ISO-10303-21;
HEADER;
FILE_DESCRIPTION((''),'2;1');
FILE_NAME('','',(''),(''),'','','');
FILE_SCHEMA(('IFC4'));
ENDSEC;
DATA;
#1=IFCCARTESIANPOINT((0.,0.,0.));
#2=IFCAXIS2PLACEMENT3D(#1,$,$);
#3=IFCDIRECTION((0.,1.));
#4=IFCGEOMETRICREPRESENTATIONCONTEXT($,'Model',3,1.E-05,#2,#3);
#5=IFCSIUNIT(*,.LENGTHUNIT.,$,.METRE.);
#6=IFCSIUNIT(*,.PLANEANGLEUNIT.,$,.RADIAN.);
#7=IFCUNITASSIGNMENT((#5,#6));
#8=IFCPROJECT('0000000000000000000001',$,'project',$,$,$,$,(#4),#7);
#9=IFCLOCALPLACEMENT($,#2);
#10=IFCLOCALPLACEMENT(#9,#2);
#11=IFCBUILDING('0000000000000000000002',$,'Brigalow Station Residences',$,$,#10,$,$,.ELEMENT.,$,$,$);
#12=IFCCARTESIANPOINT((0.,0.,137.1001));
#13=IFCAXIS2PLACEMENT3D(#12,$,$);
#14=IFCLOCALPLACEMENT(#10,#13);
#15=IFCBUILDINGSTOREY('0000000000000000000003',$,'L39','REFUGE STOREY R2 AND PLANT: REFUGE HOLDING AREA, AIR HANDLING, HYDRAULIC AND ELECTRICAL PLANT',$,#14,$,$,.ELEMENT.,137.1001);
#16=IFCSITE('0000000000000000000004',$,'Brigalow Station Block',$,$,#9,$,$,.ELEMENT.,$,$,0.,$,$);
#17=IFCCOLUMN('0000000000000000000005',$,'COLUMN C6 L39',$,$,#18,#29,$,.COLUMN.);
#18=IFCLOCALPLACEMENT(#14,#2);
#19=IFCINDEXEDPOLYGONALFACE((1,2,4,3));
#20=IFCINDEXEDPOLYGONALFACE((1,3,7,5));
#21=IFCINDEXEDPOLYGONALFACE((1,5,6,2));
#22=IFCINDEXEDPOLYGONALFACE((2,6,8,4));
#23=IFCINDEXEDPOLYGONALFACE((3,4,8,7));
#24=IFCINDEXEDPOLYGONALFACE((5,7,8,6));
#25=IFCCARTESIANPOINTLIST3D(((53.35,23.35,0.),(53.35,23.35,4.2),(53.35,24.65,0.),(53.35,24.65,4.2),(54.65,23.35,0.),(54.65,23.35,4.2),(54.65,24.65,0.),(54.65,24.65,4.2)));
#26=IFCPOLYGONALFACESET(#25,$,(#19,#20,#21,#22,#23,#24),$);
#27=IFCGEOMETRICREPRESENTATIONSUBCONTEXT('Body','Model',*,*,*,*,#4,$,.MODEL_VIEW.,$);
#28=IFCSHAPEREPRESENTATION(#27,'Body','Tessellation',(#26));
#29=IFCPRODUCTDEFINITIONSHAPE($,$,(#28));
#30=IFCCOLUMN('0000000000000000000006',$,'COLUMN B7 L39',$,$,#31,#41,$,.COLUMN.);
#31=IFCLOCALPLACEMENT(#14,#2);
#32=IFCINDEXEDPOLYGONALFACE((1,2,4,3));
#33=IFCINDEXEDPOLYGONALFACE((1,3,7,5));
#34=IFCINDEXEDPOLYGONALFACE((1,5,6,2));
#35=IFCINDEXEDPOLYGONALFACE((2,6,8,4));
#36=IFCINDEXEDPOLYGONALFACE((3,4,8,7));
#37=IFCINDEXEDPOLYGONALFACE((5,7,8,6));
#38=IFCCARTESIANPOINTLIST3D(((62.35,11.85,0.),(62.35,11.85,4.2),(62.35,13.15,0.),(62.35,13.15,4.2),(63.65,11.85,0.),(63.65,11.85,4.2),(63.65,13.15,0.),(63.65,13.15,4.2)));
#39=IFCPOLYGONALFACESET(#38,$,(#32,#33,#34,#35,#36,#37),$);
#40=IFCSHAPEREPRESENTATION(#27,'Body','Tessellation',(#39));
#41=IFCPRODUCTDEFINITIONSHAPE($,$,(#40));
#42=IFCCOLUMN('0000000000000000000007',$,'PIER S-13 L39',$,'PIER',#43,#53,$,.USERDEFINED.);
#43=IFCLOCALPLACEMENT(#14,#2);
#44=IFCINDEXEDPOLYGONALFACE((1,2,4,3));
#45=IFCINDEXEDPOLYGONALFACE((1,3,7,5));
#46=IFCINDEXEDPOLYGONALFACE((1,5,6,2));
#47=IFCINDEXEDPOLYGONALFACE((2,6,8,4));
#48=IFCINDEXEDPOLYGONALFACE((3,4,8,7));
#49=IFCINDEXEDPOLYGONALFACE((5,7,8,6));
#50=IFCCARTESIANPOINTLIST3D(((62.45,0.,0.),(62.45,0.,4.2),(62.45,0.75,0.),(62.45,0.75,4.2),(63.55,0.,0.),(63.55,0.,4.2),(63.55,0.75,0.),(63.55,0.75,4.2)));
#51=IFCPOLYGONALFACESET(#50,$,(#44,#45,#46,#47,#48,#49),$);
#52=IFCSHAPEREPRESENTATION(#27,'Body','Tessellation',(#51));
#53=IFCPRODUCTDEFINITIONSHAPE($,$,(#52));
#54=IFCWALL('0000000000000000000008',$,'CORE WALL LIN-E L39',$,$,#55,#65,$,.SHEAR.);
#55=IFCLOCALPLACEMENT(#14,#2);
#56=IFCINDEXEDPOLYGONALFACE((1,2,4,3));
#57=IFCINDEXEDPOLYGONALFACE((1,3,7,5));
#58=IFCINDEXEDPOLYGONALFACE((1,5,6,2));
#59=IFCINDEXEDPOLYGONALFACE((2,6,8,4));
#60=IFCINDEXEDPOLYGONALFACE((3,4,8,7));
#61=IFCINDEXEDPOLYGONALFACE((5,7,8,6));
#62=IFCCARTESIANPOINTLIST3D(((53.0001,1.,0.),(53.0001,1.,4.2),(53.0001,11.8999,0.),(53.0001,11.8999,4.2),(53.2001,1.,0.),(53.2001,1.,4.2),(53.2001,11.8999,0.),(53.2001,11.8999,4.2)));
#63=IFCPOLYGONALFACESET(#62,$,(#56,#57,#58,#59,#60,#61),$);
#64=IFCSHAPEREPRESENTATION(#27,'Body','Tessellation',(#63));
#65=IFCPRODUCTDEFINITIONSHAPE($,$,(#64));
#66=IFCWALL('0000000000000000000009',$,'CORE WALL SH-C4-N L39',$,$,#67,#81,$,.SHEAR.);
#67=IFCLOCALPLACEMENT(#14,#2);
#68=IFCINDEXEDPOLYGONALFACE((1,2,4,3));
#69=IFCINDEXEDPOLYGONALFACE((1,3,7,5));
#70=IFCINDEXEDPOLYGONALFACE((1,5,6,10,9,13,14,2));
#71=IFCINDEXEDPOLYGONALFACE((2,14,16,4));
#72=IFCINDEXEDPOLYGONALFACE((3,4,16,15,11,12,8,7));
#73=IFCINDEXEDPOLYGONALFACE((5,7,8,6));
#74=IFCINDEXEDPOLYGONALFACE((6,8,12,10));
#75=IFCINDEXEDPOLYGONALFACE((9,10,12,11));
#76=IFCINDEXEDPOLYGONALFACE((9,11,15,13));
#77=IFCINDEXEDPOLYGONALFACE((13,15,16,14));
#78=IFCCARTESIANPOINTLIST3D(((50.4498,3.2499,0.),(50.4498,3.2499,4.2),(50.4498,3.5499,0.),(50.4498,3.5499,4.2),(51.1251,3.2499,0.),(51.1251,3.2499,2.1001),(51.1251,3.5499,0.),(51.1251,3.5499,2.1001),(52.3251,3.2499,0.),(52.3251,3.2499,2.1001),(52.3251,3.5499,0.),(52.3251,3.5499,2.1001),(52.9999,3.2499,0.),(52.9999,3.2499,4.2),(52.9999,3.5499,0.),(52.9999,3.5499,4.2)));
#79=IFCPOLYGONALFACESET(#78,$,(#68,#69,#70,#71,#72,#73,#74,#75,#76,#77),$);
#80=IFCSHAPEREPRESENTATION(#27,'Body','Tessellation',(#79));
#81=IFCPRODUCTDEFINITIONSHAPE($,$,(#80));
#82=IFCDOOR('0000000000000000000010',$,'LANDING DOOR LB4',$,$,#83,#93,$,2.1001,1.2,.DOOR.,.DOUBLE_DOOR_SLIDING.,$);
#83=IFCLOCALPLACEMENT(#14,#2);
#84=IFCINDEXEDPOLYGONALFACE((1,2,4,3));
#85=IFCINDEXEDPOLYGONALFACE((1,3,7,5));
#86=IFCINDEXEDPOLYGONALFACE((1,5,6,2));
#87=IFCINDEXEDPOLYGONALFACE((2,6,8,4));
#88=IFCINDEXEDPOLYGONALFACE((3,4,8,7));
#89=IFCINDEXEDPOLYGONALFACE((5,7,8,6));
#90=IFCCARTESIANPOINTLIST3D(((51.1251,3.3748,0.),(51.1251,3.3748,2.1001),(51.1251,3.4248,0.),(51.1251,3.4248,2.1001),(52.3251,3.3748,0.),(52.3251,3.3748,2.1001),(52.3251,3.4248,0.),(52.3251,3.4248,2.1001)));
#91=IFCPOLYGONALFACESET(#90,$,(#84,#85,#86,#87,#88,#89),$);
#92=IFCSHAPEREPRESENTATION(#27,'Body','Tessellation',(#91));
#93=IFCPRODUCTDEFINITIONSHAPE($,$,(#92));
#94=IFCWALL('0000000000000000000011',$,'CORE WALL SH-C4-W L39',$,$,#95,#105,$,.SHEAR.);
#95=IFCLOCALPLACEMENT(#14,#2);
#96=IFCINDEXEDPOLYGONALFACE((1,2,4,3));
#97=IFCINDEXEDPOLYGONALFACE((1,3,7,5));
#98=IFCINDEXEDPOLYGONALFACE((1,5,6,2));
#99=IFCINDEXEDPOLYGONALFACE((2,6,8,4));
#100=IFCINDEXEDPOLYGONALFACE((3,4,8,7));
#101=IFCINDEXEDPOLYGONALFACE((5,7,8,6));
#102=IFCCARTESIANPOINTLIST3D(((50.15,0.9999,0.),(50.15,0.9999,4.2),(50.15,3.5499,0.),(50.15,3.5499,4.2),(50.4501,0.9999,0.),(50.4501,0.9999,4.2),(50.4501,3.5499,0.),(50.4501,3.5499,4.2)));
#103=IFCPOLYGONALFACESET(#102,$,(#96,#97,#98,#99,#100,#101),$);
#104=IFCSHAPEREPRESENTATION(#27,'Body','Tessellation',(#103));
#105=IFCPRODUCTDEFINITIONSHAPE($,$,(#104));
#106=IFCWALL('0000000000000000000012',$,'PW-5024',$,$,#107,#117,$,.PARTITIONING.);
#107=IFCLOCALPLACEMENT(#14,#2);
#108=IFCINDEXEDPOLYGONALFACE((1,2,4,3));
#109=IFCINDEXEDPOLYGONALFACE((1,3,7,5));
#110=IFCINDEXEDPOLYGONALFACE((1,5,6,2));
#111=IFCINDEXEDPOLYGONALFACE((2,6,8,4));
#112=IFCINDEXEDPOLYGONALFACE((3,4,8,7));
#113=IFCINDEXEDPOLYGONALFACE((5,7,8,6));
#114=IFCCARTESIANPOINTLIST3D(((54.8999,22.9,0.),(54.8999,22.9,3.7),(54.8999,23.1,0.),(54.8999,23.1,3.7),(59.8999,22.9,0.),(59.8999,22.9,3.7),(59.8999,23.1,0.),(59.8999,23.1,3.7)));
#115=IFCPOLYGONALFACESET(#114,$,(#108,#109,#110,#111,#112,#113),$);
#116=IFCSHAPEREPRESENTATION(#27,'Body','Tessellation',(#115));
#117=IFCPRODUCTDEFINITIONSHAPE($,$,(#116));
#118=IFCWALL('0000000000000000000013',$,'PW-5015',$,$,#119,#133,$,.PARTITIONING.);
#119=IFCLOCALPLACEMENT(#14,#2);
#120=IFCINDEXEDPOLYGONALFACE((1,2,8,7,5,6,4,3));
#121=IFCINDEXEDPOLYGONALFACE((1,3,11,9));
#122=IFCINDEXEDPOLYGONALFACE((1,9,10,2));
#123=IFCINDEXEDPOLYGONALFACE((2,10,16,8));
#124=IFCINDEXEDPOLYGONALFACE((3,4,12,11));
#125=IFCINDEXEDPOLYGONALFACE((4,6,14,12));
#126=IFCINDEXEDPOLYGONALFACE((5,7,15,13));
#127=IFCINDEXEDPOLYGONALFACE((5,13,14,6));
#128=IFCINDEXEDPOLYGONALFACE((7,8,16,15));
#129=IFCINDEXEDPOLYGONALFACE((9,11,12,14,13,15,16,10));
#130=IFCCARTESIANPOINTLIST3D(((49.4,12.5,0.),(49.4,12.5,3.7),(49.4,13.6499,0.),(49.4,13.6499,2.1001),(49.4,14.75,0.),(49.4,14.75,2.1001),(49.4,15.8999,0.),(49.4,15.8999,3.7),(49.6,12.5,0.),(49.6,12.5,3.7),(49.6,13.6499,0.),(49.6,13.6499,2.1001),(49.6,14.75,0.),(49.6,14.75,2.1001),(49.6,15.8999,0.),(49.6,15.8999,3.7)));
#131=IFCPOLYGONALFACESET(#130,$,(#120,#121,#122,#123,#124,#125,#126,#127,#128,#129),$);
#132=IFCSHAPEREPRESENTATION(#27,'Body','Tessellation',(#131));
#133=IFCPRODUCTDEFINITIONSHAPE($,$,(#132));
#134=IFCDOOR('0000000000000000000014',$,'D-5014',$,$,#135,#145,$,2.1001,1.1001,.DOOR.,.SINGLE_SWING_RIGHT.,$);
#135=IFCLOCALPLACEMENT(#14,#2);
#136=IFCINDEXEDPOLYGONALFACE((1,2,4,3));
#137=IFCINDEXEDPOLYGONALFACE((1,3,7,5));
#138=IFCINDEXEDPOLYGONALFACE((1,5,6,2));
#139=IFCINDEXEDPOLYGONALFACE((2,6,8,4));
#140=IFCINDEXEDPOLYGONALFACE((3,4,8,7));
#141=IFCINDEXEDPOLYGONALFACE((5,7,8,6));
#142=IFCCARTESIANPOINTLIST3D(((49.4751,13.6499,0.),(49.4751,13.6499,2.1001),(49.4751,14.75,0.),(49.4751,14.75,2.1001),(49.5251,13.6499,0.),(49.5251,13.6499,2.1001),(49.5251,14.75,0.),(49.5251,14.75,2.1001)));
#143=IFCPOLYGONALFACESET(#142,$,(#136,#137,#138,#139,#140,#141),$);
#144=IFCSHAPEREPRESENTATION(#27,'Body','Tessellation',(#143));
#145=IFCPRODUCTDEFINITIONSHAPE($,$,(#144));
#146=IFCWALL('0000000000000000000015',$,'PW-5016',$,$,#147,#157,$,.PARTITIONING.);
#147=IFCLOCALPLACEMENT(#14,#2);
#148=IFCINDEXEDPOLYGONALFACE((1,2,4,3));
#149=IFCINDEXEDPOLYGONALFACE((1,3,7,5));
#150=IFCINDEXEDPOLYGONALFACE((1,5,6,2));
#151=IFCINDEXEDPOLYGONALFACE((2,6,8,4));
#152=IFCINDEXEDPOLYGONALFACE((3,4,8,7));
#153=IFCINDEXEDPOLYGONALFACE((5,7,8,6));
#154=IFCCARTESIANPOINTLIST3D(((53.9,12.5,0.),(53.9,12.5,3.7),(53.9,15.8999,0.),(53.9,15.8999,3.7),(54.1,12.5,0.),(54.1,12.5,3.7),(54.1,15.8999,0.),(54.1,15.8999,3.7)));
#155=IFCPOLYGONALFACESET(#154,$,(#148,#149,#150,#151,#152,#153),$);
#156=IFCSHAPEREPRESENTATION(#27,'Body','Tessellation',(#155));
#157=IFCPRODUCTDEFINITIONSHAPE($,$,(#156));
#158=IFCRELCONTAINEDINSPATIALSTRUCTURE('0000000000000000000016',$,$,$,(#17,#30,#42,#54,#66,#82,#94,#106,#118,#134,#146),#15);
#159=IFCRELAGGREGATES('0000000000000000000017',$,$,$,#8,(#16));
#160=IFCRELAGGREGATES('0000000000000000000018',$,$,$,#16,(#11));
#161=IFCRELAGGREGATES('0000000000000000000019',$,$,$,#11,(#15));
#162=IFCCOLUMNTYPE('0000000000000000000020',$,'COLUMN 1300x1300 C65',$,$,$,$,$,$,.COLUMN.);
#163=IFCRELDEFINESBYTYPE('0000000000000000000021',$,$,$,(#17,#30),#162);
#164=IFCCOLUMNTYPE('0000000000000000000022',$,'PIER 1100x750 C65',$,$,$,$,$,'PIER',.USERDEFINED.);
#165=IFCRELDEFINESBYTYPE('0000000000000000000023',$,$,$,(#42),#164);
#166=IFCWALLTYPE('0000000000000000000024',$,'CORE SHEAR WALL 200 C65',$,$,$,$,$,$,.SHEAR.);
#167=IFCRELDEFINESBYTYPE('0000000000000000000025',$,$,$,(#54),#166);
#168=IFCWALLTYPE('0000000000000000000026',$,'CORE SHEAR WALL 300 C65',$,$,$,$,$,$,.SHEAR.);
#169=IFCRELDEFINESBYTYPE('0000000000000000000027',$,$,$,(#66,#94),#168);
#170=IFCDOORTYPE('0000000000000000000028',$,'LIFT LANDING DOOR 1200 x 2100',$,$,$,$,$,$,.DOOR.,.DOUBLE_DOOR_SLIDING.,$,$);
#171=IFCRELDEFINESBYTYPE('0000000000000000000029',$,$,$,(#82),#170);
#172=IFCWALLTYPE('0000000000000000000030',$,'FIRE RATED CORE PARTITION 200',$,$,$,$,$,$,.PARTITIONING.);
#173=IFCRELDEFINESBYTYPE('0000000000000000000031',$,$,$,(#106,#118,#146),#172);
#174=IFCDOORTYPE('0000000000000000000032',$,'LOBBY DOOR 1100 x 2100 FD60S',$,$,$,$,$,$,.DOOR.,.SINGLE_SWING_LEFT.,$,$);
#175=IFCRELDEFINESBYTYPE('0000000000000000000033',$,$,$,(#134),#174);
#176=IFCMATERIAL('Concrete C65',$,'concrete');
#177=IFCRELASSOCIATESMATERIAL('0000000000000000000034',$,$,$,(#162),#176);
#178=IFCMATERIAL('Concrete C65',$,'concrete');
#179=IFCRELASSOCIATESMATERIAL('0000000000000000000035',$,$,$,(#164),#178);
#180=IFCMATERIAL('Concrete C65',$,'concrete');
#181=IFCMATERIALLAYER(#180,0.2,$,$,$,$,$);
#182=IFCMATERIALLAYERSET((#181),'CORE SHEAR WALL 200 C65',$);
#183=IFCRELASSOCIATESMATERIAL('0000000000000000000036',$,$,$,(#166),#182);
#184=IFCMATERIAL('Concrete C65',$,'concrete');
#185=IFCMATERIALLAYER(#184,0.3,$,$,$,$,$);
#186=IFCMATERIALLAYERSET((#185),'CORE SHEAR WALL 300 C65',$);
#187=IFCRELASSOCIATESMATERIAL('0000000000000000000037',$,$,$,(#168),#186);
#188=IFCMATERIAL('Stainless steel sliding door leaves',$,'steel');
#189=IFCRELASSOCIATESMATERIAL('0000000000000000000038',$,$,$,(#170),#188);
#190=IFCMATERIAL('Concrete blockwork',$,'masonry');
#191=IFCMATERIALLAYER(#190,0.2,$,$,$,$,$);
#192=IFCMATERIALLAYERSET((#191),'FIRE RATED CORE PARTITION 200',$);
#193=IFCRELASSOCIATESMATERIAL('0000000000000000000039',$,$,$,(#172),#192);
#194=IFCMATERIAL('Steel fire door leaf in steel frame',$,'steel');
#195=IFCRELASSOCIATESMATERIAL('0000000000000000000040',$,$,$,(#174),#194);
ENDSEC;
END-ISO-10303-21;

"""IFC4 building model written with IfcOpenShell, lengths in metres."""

from ifc_helpers import new_model, si_unit, direction, frame, frame_2d, origin, origin_2d, place, context, subcontext, project, spatial, rectangle, extrude, material, layer, layer_set, material_profile, profile_set, type_object, element, fill, save


model = new_model("IFC4")

# Units and contexts
model_context = context("Model", 3, precision=1e-05, world=origin(), true_north=direction((0.0, 1.0)))
body_context = subcontext(model_context, "Body", "Model", "MODEL_VIEW")
ifc_project = project(units=[si_unit("LENGTHUNIT", "METRE"), si_unit("PLANEANGLEUNIT", "RADIAN")], contexts=[model_context])

# Site, building, storey
site_placement = place(None, origin())
site = spatial("IfcSite", under=ifc_project, at=site_placement, Name="Brigalow Station Block", CompositionType="ELEMENT", RefElevation=0.0)
building_placement = place(site_placement, origin())
building = spatial("IfcBuilding", under=site, at=building_placement, Name="Brigalow Station Residences", CompositionType="ELEMENT")
storey_placement = place(building_placement, frame((0.0, 0.0, 137.1001)))
storey = spatial("IfcBuildingStorey", under=building, at=storey_placement, Name="L39", Description="REFUGE STOREY R2 AND PLANT: REFUGE HOLDING AREA, AIR HANDLING, HYDRAULIC AND ELECTRICAL PLANT", CompositionType="ELEMENT", Elevation=137.1001)

# Columns
ifc_material_1 = material(Name="Concrete C65", Category="concrete")
ifc_material_profile_1 = material_profile(ifc_material_1, rectangle(XDim=1.3, YDim=1.3, at=origin_2d()), Name="RC1300x1300")
ifc_profile_set_1 = profile_set([ifc_material_profile_1], Name="Concrete C65")
column_type_1 = type_object("IfcColumnType", Name="COLUMN 1300x1300 C65", PredefinedType="COLUMN", material=ifc_profile_set_1)
for number, where, z_axis, x_axis, name in (
    (1, (54.0, 24.0, 0.0), (0.0, 0.0, 1.0), (1.0, 0.0, 0.0), "COLUMN C6 L39"),
    (2, (63.0, 12.5, 0.0), (0.0, 0.0, 1.0), (1.0, 0.0, 0.0), "COLUMN B7 L39"),
):
    element("IfcColumn", number, at=place(storey_placement, frame(where, z_axis=z_axis, x_axis=x_axis)), inside=storey, type_object=column_type_1, Name=name, PredefinedType="COLUMN", context=body_context, shape_type="SweptSolid", body=[
        extrude(rectangle(XDim=1.3, YDim=1.3, at=origin_2d()), origin(), (0.0, 0.0, 1.0), 4.2),
    ])
ifc_material_2 = material(Name="Concrete C65", Category="concrete")
ifc_material_profile_2 = material_profile(ifc_material_2, rectangle(XDim=1.1001, YDim=0.75, at=origin_2d()), Name="RC1100x750")
ifc_profile_set_2 = profile_set([ifc_material_profile_2], Name="Concrete C65")
column_type_2 = type_object("IfcColumnType", Name="PIER 1100x750 C65", ElementType="PIER", PredefinedType="USERDEFINED", material=ifc_profile_set_2)
column_placement = place(storey_placement, frame((63.0, 0.375, 0.0), z_axis=(0.0, 0.0, 1.0), x_axis=(1.0, 0.0, 0.0)))
element("IfcColumn", 3, at=column_placement, inside=storey, type_object=column_type_2, Name="PIER S-13 L39", ObjectType="PIER", PredefinedType="USERDEFINED", context=body_context, shape_type="SweptSolid", body=[
    extrude(rectangle(XDim=1.1001, YDim=0.75, at=origin_2d()), origin(), (0.0, 0.0, 1.0), 4.2),
])

# Wall
ifc_material_3 = material(Name="Concrete C65", Category="concrete")
ifc_layer_1 = layer(ifc_material_3, 0.2)
ifc_layer_set_1 = layer_set([ifc_layer_1], Name="CORE SHEAR WALL 200 C65")
wall_type_1 = type_object("IfcWallType", Name="CORE SHEAR WALL 200 C65", PredefinedType="SHEAR", material=ifc_layer_set_1)
wall_1_placement = place(storey_placement, frame((53.1001, 1.0, 0.0), z_axis=(0.0, 0.0, 1.0), x_axis=(0.0, 1.0, 0.0)))
element("IfcWall", 4, at=wall_1_placement, inside=storey, type_object=wall_type_1, Name="CORE WALL LIN-E L39", PredefinedType="SHEAR", context=body_context, shape_type="SweptSolid", body=[
    extrude(rectangle(XDim=10.8999, YDim=0.2, at=frame_2d((5.45, 0.0))), origin(), (0.0, 0.0, 1.0), 4.2),
])

# Wall, opening, door
ifc_material_4 = material(Name="Concrete C65", Category="concrete")
ifc_layer_2 = layer(ifc_material_4, 0.3)
ifc_layer_set_2 = layer_set([ifc_layer_2], Name="CORE SHEAR WALL 300 C65")
wall_type_2 = type_object("IfcWallType", Name="CORE SHEAR WALL 300 C65", PredefinedType="SHEAR", material=ifc_layer_set_2)
wall_2_placement = place(storey_placement, frame((50.45, 3.3999, 0.0), z_axis=(0.0, 0.0, 1.0), x_axis=(1.0, 0.0, 0.0)))
wall_2 = element("IfcWall", 5, at=wall_2_placement, inside=storey, type_object=wall_type_2, Name="CORE WALL SH-C4-N L39", PredefinedType="SHEAR", context=body_context, shape_type="SweptSolid", body=[
    extrude(rectangle(XDim=2.55, YDim=0.3, at=frame_2d((1.2749, 0.0))), origin(), (0.0, 0.0, 1.0), 4.2),
])
opening_1_placement = place(wall_2_placement, frame((0.675, 0.0, 0.0)))
opening_1 = element("IfcOpeningElement", 6, at=opening_1_placement, cuts=wall_2, PredefinedType="OPENING", context=body_context, shape_type="SweptSolid", body=[
    extrude(rectangle(XDim=1.2, YDim=2.1001, at=frame_2d((0.6001, 1.05))), frame((0.0, 0.1602, 0.0), z_axis=(0.0, -1.0, 0.0), x_axis=(1.0, 0.0, 0.0)), (0.0, 0.0, 1.0), 0.3201),
])
ifc_material_5 = material(Name="Stainless steel sliding door leaves", Category="steel")
door_type_1 = type_object("IfcDoorType", Name="LIFT LANDING DOOR 1200 x 2100", OperationType="DOUBLE_DOOR_SLIDING", PredefinedType="DOOR", material=ifc_material_5)
door_1_placement = place(opening_1_placement, origin())
door_1 = element("IfcDoor", 7, at=door_1_placement, inside=storey, type_object=door_type_1, Name="LANDING DOOR LB4", OperationType="DOUBLE_DOOR_SLIDING", OverallHeight=2.1001, OverallWidth=1.2, PredefinedType="DOOR", context=body_context, shape_type="SweptSolid", body=[
    extrude(rectangle(XDim=1.2, YDim=2.1001, at=frame_2d((0.6001, 1.05))), frame((0.0, 0.0249, 0.0), z_axis=(0.0, -1.0, 0.0), x_axis=(1.0, 0.0, 0.0)), (0.0, 0.0, 1.0), 0.05),
])
fill(opening_1, door_1)

# Walls
wall_3_placement = place(storey_placement, frame((50.3, 1.0, 0.0), z_axis=(0.0, 0.0, 1.0), x_axis=(0.0, 1.0, 0.0)))
element("IfcWall", 8, at=wall_3_placement, inside=storey, type_object=wall_type_2, Name="CORE WALL SH-C4-W L39", PredefinedType="SHEAR", context=body_context, shape_type="SweptSolid", body=[
    extrude(rectangle(XDim=2.55, YDim=0.3, at=frame_2d((1.2749, 0.0))), origin(), (0.0, 0.0, 1.0), 4.2),
])
ifc_material_6 = material(Name="Concrete blockwork", Category="masonry")
ifc_layer_3 = layer(ifc_material_6, 0.2)
ifc_layer_set_3 = layer_set([ifc_layer_3], Name="FIRE RATED CORE PARTITION 200")
wall_type_3 = type_object("IfcWallType", Name="FIRE RATED CORE PARTITION 200", PredefinedType="PARTITIONING", material=ifc_layer_set_3)
wall_4_placement = place(storey_placement, frame((54.8999, 23.0, 0.0), z_axis=(0.0, 0.0, 1.0), x_axis=(1.0, 0.0, 0.0)))
element("IfcWall", 9, at=wall_4_placement, inside=storey, type_object=wall_type_3, Name="PW-5024", PredefinedType="PARTITIONING", context=body_context, shape_type="SweptSolid", body=[
    extrude(rectangle(XDim=5.0, YDim=0.2, at=frame_2d((2.5, 0.0))), origin(), (0.0, 0.0, 1.0), 3.7),
])

# Wall, opening, door
wall_5_placement = place(storey_placement, frame((49.5, 12.5, 0.0), z_axis=(0.0, 0.0, 1.0), x_axis=(0.0, 1.0, 0.0)))
wall_5 = element("IfcWall", 10, at=wall_5_placement, inside=storey, type_object=wall_type_3, Name="PW-5015", PredefinedType="PARTITIONING", context=body_context, shape_type="SweptSolid", body=[
    extrude(rectangle(XDim=3.3999, YDim=0.2, at=frame_2d((1.7, 0.0))), origin(), (0.0, 0.0, 1.0), 3.7),
])
opening_2_placement = place(wall_5_placement, frame((1.1499, 0.0, 0.0)))
opening_2 = element("IfcOpeningElement", 11, at=opening_2_placement, cuts=wall_5, PredefinedType="OPENING", context=body_context, shape_type="SweptSolid", body=[
    extrude(rectangle(XDim=1.1001, YDim=2.1001, at=frame_2d((0.55, 1.05))), frame((0.0, 0.1099, 0.0), z_axis=(0.0, -1.0, 0.0), x_axis=(1.0, 0.0, 0.0)), (0.0, 0.0, 1.0), 0.22),
])
ifc_material_7 = material(Name="Steel fire door leaf in steel frame", Category="steel")
door_type_2 = type_object("IfcDoorType", Name="LOBBY DOOR 1100 x 2100 FD60S", OperationType="SINGLE_SWING_LEFT", PredefinedType="DOOR", material=ifc_material_7)
door_2_placement = place(opening_2_placement, origin())
door_2 = element("IfcDoor", 12, at=door_2_placement, inside=storey, type_object=door_type_2, Name="D-5014", OperationType="SINGLE_SWING_RIGHT", OverallHeight=2.1001, OverallWidth=1.1001, PredefinedType="DOOR", context=body_context, shape_type="SweptSolid", body=[
    extrude(rectangle(XDim=1.1001, YDim=2.1001, at=frame_2d((0.55, 1.05))), frame((0.0, 0.0249, 0.0), z_axis=(0.0, -1.0, 0.0), x_axis=(1.0, 0.0, 0.0)), (0.0, 0.0, 1.0), 0.05),
])
fill(opening_2, door_2)

# Wall
wall_6_placement = place(storey_placement, frame((54.0, 12.5, 0.0), z_axis=(0.0, 0.0, 1.0), x_axis=(0.0, 1.0, 0.0)))
element("IfcWall", 13, at=wall_6_placement, inside=storey, type_object=wall_type_3, Name="PW-5016", PredefinedType="PARTITIONING", context=body_context, shape_type="SweptSolid", body=[
    extrude(rectangle(XDim=3.3999, YDim=0.2, at=frame_2d((1.7, 0.0))), origin(), (0.0, 0.0, 1.0), 3.7),
])

save(model, "model.ifc")
